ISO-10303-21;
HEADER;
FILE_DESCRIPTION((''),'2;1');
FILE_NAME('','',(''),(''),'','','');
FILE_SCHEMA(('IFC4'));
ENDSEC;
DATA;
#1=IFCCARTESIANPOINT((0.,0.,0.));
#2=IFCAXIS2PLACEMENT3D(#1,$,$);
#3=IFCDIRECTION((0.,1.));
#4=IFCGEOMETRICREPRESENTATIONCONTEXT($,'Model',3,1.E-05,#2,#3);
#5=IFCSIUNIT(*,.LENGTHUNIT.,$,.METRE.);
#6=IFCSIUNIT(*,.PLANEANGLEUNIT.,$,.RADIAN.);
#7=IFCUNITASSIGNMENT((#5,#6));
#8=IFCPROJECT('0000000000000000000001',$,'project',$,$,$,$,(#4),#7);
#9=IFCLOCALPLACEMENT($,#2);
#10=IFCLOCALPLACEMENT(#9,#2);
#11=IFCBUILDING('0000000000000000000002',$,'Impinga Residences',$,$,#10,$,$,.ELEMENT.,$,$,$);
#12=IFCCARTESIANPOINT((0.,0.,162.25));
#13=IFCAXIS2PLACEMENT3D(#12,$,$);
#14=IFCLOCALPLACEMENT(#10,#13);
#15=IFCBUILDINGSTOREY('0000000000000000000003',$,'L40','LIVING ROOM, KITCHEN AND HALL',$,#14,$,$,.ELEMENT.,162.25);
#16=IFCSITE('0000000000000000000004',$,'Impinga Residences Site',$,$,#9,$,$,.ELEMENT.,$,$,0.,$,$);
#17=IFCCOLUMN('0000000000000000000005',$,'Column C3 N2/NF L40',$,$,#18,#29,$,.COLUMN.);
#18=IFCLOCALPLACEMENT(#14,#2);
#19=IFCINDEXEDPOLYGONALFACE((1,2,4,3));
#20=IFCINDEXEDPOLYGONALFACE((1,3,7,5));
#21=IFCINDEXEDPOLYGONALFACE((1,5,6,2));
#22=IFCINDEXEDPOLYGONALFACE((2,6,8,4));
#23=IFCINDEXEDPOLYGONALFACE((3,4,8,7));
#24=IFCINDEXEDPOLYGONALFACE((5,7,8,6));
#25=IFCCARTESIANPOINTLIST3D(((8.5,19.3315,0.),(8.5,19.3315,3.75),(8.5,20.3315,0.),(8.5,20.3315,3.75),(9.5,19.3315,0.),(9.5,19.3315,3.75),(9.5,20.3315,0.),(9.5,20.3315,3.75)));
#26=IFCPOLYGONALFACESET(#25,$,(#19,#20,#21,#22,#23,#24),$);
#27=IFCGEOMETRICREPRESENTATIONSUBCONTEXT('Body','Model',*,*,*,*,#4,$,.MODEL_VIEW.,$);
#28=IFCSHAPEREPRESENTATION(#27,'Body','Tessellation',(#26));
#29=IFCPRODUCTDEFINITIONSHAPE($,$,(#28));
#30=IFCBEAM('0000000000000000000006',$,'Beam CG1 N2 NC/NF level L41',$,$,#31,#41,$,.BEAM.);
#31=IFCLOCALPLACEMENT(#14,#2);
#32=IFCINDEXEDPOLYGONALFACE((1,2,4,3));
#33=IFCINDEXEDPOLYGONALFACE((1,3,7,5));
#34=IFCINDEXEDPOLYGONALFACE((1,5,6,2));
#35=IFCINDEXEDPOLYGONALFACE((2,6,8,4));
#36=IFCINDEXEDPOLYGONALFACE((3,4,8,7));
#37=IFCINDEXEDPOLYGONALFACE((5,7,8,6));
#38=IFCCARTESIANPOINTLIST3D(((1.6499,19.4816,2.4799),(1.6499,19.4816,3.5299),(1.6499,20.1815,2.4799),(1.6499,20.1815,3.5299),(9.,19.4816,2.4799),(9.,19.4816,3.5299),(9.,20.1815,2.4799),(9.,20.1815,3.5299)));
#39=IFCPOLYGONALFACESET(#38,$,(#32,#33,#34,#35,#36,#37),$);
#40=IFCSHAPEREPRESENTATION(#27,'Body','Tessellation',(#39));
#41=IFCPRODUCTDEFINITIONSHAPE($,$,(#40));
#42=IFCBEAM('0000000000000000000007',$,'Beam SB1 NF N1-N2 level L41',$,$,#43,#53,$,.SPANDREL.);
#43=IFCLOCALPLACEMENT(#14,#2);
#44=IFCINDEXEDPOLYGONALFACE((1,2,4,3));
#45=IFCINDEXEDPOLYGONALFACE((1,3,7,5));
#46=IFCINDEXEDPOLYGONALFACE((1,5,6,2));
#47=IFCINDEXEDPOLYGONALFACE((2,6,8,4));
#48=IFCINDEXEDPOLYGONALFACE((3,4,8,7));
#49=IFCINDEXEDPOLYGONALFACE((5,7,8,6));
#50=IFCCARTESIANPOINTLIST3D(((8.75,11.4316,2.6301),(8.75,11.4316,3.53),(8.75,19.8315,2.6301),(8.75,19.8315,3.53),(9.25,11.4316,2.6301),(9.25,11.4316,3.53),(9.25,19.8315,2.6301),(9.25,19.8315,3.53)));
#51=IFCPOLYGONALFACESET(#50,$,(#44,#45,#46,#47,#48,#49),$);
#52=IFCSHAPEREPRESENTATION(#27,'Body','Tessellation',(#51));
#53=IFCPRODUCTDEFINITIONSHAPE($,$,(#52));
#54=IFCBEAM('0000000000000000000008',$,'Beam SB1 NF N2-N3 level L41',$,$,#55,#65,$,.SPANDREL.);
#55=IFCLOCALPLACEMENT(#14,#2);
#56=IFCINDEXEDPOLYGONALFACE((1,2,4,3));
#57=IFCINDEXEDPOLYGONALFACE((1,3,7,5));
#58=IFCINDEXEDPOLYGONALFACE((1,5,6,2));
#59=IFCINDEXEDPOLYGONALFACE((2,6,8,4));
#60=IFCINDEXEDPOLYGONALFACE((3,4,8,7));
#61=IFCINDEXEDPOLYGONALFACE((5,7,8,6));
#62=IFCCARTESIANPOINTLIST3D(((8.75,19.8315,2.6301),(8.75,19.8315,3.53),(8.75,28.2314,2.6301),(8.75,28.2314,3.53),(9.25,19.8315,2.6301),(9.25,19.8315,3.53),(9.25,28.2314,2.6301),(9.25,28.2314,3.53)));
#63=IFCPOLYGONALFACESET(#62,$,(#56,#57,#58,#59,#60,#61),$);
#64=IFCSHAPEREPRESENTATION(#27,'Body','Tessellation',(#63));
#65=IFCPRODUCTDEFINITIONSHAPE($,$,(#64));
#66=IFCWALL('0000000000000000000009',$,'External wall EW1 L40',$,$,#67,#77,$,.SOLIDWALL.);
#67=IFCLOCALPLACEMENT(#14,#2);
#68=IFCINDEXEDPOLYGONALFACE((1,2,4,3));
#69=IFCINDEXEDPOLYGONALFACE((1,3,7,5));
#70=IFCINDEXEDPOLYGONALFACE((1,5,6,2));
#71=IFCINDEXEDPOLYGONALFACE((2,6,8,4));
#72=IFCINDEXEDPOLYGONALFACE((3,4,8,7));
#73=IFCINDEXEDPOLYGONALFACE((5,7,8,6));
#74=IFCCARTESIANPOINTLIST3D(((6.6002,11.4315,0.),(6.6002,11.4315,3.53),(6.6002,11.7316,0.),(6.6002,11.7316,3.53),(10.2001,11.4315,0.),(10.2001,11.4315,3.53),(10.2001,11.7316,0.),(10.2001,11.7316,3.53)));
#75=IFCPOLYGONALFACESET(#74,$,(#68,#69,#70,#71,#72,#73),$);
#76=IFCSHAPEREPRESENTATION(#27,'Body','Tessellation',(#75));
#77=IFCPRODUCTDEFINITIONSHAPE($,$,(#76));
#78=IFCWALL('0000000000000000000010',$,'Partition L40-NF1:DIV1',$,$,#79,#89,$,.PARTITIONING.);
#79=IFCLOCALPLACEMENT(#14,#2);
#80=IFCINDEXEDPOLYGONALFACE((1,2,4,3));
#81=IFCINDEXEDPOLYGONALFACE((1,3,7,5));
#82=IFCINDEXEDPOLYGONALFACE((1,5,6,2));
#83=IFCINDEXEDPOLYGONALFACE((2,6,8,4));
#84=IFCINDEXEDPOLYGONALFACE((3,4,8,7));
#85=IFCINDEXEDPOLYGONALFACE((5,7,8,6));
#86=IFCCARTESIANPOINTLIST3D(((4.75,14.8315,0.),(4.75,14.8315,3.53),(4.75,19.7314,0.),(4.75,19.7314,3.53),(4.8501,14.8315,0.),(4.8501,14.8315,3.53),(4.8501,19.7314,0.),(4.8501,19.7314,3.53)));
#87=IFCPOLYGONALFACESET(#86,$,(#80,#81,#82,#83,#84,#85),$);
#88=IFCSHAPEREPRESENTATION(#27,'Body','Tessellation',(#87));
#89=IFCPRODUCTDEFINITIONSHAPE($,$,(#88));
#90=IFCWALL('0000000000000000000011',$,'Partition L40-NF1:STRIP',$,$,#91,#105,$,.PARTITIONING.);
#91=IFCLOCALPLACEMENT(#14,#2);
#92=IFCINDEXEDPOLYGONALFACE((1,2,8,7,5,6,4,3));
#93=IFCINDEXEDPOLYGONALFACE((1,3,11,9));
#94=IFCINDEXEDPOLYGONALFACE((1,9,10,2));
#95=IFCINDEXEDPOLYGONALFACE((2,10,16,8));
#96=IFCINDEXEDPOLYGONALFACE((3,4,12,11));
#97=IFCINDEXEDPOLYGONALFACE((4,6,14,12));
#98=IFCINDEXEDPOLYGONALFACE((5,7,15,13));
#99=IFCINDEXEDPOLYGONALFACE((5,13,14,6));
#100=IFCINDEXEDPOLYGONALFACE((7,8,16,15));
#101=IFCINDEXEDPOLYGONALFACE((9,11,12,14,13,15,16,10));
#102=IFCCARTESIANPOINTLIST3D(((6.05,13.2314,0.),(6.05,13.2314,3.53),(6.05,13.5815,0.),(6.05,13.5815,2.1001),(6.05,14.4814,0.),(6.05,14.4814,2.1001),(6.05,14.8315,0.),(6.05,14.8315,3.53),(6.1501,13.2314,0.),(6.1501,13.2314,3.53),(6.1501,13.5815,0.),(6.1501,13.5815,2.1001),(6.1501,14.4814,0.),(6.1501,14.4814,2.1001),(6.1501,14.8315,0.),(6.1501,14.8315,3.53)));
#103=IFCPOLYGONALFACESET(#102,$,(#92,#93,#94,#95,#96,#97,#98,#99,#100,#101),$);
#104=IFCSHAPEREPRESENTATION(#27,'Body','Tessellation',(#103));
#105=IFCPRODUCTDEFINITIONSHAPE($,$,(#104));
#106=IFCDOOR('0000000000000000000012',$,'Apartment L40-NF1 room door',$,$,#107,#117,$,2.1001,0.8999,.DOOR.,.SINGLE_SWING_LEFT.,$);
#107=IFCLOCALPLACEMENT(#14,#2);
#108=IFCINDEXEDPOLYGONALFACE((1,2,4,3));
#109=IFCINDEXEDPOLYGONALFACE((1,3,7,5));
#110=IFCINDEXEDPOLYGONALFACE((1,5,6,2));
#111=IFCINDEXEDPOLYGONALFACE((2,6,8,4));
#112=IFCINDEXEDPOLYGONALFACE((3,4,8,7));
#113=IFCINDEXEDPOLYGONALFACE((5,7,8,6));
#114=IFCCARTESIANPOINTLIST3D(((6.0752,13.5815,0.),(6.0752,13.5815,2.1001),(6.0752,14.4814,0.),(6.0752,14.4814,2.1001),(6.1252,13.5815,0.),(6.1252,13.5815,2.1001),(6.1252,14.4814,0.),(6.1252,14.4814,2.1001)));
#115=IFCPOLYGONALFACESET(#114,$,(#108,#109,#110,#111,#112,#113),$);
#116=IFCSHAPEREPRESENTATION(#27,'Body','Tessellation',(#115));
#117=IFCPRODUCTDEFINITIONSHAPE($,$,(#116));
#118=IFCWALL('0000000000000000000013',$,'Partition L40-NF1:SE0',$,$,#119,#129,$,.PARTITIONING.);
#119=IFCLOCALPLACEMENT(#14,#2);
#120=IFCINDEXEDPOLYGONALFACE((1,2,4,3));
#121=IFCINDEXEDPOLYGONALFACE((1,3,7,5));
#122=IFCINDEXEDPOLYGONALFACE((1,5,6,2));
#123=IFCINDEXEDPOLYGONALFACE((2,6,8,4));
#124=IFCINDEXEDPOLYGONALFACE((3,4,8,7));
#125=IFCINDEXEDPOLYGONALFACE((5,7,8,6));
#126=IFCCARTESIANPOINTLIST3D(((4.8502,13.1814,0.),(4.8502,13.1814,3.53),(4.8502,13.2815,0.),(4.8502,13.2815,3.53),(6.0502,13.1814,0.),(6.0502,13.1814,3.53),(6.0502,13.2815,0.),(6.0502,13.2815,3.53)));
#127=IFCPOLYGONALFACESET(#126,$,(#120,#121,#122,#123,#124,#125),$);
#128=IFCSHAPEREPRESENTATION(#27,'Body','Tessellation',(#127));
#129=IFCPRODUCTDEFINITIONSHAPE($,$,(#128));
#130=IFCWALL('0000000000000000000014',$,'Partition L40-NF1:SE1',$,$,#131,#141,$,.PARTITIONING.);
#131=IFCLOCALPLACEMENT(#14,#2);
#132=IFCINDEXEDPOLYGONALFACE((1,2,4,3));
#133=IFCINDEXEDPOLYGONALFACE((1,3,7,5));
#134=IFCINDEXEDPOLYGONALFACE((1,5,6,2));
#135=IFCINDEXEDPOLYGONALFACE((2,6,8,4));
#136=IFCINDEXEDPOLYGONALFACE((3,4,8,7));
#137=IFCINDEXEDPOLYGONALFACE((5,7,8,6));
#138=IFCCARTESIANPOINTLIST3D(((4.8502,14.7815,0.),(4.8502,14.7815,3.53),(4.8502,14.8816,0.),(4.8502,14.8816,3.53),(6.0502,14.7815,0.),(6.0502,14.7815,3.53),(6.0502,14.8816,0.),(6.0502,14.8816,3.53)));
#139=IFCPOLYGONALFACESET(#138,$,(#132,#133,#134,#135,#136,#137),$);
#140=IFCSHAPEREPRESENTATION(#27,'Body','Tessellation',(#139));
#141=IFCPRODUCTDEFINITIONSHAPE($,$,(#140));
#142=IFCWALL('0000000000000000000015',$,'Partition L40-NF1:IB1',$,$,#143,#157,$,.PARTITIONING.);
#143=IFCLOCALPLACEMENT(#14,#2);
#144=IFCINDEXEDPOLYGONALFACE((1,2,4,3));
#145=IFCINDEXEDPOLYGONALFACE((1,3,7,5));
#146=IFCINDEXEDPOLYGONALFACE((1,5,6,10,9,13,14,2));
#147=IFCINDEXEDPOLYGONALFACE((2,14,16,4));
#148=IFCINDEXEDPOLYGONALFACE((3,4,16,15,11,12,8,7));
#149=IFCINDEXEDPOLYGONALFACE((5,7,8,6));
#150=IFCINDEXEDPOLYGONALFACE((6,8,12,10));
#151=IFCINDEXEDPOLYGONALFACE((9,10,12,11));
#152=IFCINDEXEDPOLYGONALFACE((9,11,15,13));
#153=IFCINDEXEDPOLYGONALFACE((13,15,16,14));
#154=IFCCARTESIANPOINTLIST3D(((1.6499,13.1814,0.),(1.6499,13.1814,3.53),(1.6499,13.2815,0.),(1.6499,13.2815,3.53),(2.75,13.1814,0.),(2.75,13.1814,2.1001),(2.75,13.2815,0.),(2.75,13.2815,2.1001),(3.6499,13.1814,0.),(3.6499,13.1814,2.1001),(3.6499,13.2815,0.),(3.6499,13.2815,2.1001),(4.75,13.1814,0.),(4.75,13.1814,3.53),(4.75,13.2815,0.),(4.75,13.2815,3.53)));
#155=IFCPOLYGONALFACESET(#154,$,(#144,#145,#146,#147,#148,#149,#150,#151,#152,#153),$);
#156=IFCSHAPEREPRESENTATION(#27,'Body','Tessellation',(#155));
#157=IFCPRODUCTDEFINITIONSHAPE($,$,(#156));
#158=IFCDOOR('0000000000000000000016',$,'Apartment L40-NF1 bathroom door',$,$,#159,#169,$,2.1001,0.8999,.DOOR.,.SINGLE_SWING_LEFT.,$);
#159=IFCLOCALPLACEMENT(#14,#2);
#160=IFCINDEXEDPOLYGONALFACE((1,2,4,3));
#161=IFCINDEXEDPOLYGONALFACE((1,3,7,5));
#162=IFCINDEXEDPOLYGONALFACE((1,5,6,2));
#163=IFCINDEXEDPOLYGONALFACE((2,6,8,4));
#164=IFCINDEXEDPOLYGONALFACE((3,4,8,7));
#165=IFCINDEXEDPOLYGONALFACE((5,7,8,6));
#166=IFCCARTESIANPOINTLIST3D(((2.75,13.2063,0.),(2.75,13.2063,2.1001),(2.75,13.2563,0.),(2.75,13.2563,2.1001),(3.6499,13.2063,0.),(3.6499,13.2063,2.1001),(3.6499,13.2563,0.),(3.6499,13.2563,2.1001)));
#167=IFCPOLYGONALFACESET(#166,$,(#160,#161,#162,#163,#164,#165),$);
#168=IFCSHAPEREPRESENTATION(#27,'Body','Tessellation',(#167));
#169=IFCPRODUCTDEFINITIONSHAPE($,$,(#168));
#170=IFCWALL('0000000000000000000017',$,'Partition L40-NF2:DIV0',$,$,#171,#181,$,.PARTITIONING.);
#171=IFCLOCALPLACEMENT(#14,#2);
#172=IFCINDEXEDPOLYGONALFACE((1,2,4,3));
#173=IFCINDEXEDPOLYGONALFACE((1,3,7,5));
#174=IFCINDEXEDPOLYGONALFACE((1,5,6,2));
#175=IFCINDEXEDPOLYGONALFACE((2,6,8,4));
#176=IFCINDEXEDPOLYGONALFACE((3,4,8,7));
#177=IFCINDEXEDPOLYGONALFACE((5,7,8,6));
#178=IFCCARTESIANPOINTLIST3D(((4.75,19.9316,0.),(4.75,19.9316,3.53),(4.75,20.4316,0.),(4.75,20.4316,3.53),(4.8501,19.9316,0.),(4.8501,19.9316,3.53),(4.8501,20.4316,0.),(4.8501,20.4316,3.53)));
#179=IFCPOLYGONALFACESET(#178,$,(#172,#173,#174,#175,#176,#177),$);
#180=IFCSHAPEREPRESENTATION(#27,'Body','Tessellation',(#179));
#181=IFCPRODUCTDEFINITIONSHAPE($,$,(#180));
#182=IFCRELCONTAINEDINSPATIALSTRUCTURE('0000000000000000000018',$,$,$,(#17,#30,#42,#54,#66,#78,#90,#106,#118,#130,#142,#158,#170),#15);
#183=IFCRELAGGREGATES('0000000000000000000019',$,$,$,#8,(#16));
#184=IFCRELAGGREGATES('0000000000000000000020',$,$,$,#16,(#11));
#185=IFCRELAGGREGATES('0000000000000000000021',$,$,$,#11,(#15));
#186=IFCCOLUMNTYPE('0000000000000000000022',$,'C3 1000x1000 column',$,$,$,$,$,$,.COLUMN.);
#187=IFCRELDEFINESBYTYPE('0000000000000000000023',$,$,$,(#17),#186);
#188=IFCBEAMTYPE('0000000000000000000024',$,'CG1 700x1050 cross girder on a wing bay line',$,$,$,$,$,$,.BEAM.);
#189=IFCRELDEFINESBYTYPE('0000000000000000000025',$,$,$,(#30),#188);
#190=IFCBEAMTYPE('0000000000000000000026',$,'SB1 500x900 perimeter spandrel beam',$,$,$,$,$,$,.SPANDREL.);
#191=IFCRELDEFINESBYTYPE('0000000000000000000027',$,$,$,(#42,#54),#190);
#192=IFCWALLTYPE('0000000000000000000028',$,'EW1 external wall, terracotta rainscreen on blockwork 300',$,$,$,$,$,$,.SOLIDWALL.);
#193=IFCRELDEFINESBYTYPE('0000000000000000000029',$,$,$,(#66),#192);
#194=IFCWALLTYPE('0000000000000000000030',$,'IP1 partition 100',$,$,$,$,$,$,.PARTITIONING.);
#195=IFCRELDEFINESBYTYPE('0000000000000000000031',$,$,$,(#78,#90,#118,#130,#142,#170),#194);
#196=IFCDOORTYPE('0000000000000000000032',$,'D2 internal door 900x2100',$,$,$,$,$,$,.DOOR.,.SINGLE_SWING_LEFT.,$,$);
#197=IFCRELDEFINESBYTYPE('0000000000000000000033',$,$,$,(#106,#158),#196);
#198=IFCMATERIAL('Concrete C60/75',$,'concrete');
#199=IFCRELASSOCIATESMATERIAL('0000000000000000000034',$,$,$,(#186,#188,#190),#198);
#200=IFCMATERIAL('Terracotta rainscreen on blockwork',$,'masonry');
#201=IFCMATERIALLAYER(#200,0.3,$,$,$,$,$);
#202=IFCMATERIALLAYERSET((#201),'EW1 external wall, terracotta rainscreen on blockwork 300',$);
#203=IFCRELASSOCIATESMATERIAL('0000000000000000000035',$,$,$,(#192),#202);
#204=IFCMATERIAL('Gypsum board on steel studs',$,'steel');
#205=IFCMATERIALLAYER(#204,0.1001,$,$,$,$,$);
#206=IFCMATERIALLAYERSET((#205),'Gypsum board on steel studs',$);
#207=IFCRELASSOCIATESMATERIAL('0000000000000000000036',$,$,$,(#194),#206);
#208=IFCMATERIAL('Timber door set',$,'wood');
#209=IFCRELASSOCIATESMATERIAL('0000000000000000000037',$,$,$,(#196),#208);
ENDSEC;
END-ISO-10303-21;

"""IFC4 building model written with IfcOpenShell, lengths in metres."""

from ifc_helpers import new_model, si_unit, direction, frame, frame_2d, origin, origin_2d, place, context, subcontext, project, spatial, rectangle, extrude, material, layer, layer_set, material_profile, profile_set, type_object, element, fill, save


model = new_model("IFC4")

# Units and contexts
model_context = context("Model", 3, precision=1e-05, world=origin(), true_north=direction((0.0, 1.0)))
body_context = subcontext(model_context, "Body", "Model", "MODEL_VIEW")
ifc_project = project(units=[si_unit("LENGTHUNIT", "METRE"), si_unit("PLANEANGLEUNIT", "RADIAN")], contexts=[model_context])

# Site, building, storey
site_placement = place(None, origin())
site = spatial("IfcSite", under=ifc_project, at=site_placement, Name="Impinga Residences Site", CompositionType="ELEMENT", RefElevation=0.0)
building_placement = place(site_placement, origin())
building = spatial("IfcBuilding", under=site, at=building_placement, Name="Impinga Residences", CompositionType="ELEMENT")
storey_placement = place(building_placement, frame((0.0, 0.0, 162.25)))
storey = spatial("IfcBuildingStorey", under=building, at=storey_placement, Name="L40", Description="LIVING ROOM, KITCHEN AND HALL", CompositionType="ELEMENT", Elevation=162.25)

# Column
ifc_material_1 = material(Name="Concrete C60/75", Category="concrete")
ifc_material_profile_1 = material_profile(ifc_material_1, rectangle(XDim=1.0, YDim=1.0, at=origin_2d()), Name="RC 1000x1000")
ifc_profile_set_1 = profile_set([ifc_material_profile_1], Name="Concrete C60/75")
column_type = type_object("IfcColumnType", Name="C3 1000x1000 column", PredefinedType="COLUMN", material=ifc_profile_set_1)
column_placement = place(storey_placement, frame((9.0, 19.8315, 0.0), z_axis=(0.0, 0.0, 1.0), x_axis=(1.0, 0.0, 0.0)))
element("IfcColumn", 1, at=column_placement, inside=storey, type_object=column_type, Name="Column C3 N2/NF L40", PredefinedType="COLUMN", context=body_context, shape_type="SweptSolid", body=[
    extrude(rectangle(XDim=1.0, YDim=1.0, at=origin_2d()), origin(), (0.0, 0.0, 1.0), 3.75),
])

# Beams
ifc_material_profile_2 = material_profile(ifc_material_1, rectangle(XDim=0.7, YDim=1.05, at=origin_2d()), Name="RC 700x1050")
ifc_profile_set_2 = profile_set([ifc_material_profile_2], Name="Concrete C60/75")
beam_type_1 = type_object("IfcBeamType", Name="CG1 700x1050 cross girder on a wing bay line", PredefinedType="BEAM", material=ifc_profile_set_2)
beam_placement = place(storey_placement, frame((1.6499, 19.8315, 3.0049), z_axis=(1.0, 0.0, 0.0), x_axis=(0.0, 1.0, 0.0)))
element("IfcBeam", 2, at=beam_placement, inside=storey, type_object=beam_type_1, Name="Beam CG1 N2 NC/NF level L41", PredefinedType="BEAM", context=body_context, shape_type="SweptSolid", body=[
    extrude(rectangle(XDim=0.7, YDim=1.05, at=origin_2d()), origin(), (0.0, 0.0, 1.0), 7.3501),
])
ifc_material_profile_3 = material_profile(ifc_material_1, rectangle(XDim=0.5, YDim=0.8999, at=origin_2d()), Name="RC 500x900")
ifc_profile_set_3 = profile_set([ifc_material_profile_3], Name="Concrete C60/75")
beam_type_2 = type_object("IfcBeamType", Name="SB1 500x900 perimeter spandrel beam", PredefinedType="SPANDREL", material=ifc_profile_set_3)
for number, where, z_axis, x_axis, name in (
    (3, (9.0, 11.4316, 3.0801), (0.0, 1.0, 0.0), (-1.0, 0.0, 0.0), "Beam SB1 NF N1-N2 level L41"),
    (4, (9.0, 19.8315, 3.0801), (0.0, 1.0, 0.0), (-1.0, 0.0, 0.0), "Beam SB1 NF N2-N3 level L41"),
):
    element("IfcBeam", number, at=place(storey_placement, frame(where, z_axis=z_axis, x_axis=x_axis)), inside=storey, type_object=beam_type_2, Name=name, PredefinedType="SPANDREL", context=body_context, shape_type="SweptSolid", body=[
        extrude(rectangle(XDim=0.5, YDim=0.8999, at=origin_2d()), origin(), (0.0, 0.0, 1.0), 8.3999),
    ])

# Walls
ifc_material_2 = material(Name="Terracotta rainscreen on blockwork", Category="masonry")
ifc_layer_1 = layer(ifc_material_2, 0.3)
ifc_layer_set_1 = layer_set([ifc_layer_1], Name="EW1 external wall, terracotta rainscreen on blockwork 300")
wall_type_1 = type_object("IfcWallType", Name="EW1 external wall, terracotta rainscreen on blockwork 300", PredefinedType="SOLIDWALL", material=ifc_layer_set_1)
wall_1_placement = place(storey_placement, frame((10.2, 11.5815, 0.0), z_axis=(0.0, 0.0, 1.0), x_axis=(-1.0, 0.0, 0.0)))
element("IfcWall", 5, at=wall_1_placement, inside=storey, type_object=wall_type_1, Name="External wall EW1 L40", PredefinedType="SOLIDWALL", context=body_context, shape_type="SweptSolid", body=[
    extrude(rectangle(XDim=3.5999, YDim=0.3, at=frame_2d((1.7998, 0.0))), origin(), (0.0, 0.0, 1.0), 3.53),
])
ifc_material_3 = material(Name="Gypsum board on steel studs", Category="steel")
ifc_layer_2 = layer(ifc_material_3, 0.1001)
ifc_layer_set_2 = layer_set([ifc_layer_2], Name="Gypsum board on steel studs")
wall_type_2 = type_object("IfcWallType", Name="IP1 partition 100", PredefinedType="PARTITIONING", material=ifc_layer_set_2)
wall_2_placement = place(storey_placement, frame((4.8, 14.8315, 0.0), z_axis=(0.0, 0.0, 1.0), x_axis=(0.0, 1.0, 0.0)))
element("IfcWall", 6, at=wall_2_placement, inside=storey, type_object=wall_type_2, Name="Partition L40-NF1:DIV1", PredefinedType="PARTITIONING", context=body_context, shape_type="SweptSolid", body=[
    extrude(rectangle(XDim=4.8999, YDim=0.1001, at=frame_2d((2.45, 0.0))), origin(), (0.0, 0.0, 1.0), 3.53),
])

# Wall, opening, door
wall_3_placement = place(storey_placement, frame((6.1001, 13.2314, 0.0), z_axis=(0.0, 0.0, 1.0), x_axis=(0.0, 1.0, 0.0)))
wall_3 = element("IfcWall", 7, at=wall_3_placement, inside=storey, type_object=wall_type_2, Name="Partition L40-NF1:STRIP", PredefinedType="PARTITIONING", context=body_context, shape_type="SweptSolid", body=[
    extrude(rectangle(XDim=1.6001, YDim=0.1001, at=frame_2d((0.8, 0.0))), origin(), (0.0, 0.0, 1.0), 3.53),
])
opening_1_placement = place(wall_3_placement, frame((0.3501, 0.0, 0.0)))
opening_1 = element("IfcOpeningElement", 8, at=opening_1_placement, cuts=wall_3, PredefinedType="OPENING", context=body_context, shape_type="SweptSolid", body=[
    extrude(rectangle(XDim=0.8999, YDim=2.1001, at=frame_2d((0.45, 1.05))), frame((0.0, 0.0601, 0.0), z_axis=(0.0, -1.0, 0.0), x_axis=(1.0, 0.0, 0.0)), (0.0, 0.0, 1.0), 0.1201),
])
ifc_material_4 = material(Name="Timber door set", Category="wood")
door_type = type_object("IfcDoorType", Name="D2 internal door 900x2100", OperationType="SINGLE_SWING_LEFT", PredefinedType="DOOR", material=ifc_material_4)
door_1_placement = place(opening_1_placement, origin())
door_1 = element("IfcDoor", 9, at=door_1_placement, inside=storey, type_object=door_type, Name="Apartment L40-NF1 room door", OperationType="SINGLE_SWING_LEFT", OverallHeight=2.1001, OverallWidth=0.8999, PredefinedType="DOOR", context=body_context, shape_type="SweptSolid", body=[
    extrude(rectangle(XDim=0.8999, YDim=2.1001, at=frame_2d((0.45, 1.05))), frame((0.0, 0.0249, 0.0), z_axis=(0.0, -1.0, 0.0), x_axis=(1.0, 0.0, 0.0)), (0.0, 0.0, 1.0), 0.05),
])
fill(opening_1, door_1)

# Walls
for number, where, z_axis, x_axis, name in (
    (10, (4.8501, 13.2314, 0.0), (0.0, 0.0, 1.0), (1.0, 0.0, 0.0), "Partition L40-NF1:SE0"),
    (11, (4.8501, 14.8315, 0.0), (0.0, 0.0, 1.0), (1.0, 0.0, 0.0), "Partition L40-NF1:SE1"),
):
    element("IfcWall", number, at=place(storey_placement, frame(where, z_axis=z_axis, x_axis=x_axis)), inside=storey, type_object=wall_type_2, Name=name, PredefinedType="PARTITIONING", context=body_context, shape_type="SweptSolid", body=[
        extrude(rectangle(XDim=1.2, YDim=0.1001, at=frame_2d((0.6001, 0.0))), origin(), (0.0, 0.0, 1.0), 3.53),
    ])

# Wall, opening, door
wall_4_placement = place(storey_placement, frame((1.6499, 13.2314, 0.0), z_axis=(0.0, 0.0, 1.0), x_axis=(1.0, 0.0, 0.0)))
wall_4 = element("IfcWall", 12, at=wall_4_placement, inside=storey, type_object=wall_type_2, Name="Partition L40-NF1:IB1", PredefinedType="PARTITIONING", context=body_context, shape_type="SweptSolid", body=[
    extrude(rectangle(XDim=3.1001, YDim=0.1001, at=frame_2d((1.55, 0.0))), origin(), (0.0, 0.0, 1.0), 3.53),
])
opening_2_placement = place(wall_4_placement, frame((1.1001, 0.0, 0.0)))
opening_2 = element("IfcOpeningElement", 13, at=opening_2_placement, cuts=wall_4, PredefinedType="OPENING", context=body_context, shape_type="SweptSolid", body=[
    extrude(rectangle(XDim=0.8999, YDim=2.1001, at=frame_2d((0.45, 1.05))), frame((0.0, 0.0601, 0.0), z_axis=(0.0, -1.0, 0.0), x_axis=(1.0, 0.0, 0.0)), (0.0, 0.0, 1.0), 0.1201),
])
door_2_placement = place(opening_2_placement, origin())
door_2 = element("IfcDoor", 14, at=door_2_placement, inside=storey, type_object=door_type, Name="Apartment L40-NF1 bathroom door", OperationType="SINGLE_SWING_LEFT", OverallHeight=2.1001, OverallWidth=0.8999, PredefinedType="DOOR", context=body_context, shape_type="SweptSolid", body=[
    extrude(rectangle(XDim=0.8999, YDim=2.1001, at=frame_2d((0.45, 1.05))), frame((0.0, 0.0249, 0.0), z_axis=(0.0, -1.0, 0.0), x_axis=(1.0, 0.0, 0.0)), (0.0, 0.0, 1.0), 0.05),
])
fill(opening_2, door_2)

# Wall
wall_5_placement = place(storey_placement, frame((4.8, 19.9316, 0.0), z_axis=(0.0, 0.0, 1.0), x_axis=(0.0, 1.0, 0.0)))
element("IfcWall", 15, at=wall_5_placement, inside=storey, type_object=wall_type_2, Name="Partition L40-NF2:DIV0", PredefinedType="PARTITIONING", context=body_context, shape_type="SweptSolid", body=[
    extrude(rectangle(XDim=0.5, YDim=0.1001, at=frame_2d((0.25, 0.0))), origin(), (0.0, 0.0, 1.0), 3.53),
])

save(model, "model.ifc")
